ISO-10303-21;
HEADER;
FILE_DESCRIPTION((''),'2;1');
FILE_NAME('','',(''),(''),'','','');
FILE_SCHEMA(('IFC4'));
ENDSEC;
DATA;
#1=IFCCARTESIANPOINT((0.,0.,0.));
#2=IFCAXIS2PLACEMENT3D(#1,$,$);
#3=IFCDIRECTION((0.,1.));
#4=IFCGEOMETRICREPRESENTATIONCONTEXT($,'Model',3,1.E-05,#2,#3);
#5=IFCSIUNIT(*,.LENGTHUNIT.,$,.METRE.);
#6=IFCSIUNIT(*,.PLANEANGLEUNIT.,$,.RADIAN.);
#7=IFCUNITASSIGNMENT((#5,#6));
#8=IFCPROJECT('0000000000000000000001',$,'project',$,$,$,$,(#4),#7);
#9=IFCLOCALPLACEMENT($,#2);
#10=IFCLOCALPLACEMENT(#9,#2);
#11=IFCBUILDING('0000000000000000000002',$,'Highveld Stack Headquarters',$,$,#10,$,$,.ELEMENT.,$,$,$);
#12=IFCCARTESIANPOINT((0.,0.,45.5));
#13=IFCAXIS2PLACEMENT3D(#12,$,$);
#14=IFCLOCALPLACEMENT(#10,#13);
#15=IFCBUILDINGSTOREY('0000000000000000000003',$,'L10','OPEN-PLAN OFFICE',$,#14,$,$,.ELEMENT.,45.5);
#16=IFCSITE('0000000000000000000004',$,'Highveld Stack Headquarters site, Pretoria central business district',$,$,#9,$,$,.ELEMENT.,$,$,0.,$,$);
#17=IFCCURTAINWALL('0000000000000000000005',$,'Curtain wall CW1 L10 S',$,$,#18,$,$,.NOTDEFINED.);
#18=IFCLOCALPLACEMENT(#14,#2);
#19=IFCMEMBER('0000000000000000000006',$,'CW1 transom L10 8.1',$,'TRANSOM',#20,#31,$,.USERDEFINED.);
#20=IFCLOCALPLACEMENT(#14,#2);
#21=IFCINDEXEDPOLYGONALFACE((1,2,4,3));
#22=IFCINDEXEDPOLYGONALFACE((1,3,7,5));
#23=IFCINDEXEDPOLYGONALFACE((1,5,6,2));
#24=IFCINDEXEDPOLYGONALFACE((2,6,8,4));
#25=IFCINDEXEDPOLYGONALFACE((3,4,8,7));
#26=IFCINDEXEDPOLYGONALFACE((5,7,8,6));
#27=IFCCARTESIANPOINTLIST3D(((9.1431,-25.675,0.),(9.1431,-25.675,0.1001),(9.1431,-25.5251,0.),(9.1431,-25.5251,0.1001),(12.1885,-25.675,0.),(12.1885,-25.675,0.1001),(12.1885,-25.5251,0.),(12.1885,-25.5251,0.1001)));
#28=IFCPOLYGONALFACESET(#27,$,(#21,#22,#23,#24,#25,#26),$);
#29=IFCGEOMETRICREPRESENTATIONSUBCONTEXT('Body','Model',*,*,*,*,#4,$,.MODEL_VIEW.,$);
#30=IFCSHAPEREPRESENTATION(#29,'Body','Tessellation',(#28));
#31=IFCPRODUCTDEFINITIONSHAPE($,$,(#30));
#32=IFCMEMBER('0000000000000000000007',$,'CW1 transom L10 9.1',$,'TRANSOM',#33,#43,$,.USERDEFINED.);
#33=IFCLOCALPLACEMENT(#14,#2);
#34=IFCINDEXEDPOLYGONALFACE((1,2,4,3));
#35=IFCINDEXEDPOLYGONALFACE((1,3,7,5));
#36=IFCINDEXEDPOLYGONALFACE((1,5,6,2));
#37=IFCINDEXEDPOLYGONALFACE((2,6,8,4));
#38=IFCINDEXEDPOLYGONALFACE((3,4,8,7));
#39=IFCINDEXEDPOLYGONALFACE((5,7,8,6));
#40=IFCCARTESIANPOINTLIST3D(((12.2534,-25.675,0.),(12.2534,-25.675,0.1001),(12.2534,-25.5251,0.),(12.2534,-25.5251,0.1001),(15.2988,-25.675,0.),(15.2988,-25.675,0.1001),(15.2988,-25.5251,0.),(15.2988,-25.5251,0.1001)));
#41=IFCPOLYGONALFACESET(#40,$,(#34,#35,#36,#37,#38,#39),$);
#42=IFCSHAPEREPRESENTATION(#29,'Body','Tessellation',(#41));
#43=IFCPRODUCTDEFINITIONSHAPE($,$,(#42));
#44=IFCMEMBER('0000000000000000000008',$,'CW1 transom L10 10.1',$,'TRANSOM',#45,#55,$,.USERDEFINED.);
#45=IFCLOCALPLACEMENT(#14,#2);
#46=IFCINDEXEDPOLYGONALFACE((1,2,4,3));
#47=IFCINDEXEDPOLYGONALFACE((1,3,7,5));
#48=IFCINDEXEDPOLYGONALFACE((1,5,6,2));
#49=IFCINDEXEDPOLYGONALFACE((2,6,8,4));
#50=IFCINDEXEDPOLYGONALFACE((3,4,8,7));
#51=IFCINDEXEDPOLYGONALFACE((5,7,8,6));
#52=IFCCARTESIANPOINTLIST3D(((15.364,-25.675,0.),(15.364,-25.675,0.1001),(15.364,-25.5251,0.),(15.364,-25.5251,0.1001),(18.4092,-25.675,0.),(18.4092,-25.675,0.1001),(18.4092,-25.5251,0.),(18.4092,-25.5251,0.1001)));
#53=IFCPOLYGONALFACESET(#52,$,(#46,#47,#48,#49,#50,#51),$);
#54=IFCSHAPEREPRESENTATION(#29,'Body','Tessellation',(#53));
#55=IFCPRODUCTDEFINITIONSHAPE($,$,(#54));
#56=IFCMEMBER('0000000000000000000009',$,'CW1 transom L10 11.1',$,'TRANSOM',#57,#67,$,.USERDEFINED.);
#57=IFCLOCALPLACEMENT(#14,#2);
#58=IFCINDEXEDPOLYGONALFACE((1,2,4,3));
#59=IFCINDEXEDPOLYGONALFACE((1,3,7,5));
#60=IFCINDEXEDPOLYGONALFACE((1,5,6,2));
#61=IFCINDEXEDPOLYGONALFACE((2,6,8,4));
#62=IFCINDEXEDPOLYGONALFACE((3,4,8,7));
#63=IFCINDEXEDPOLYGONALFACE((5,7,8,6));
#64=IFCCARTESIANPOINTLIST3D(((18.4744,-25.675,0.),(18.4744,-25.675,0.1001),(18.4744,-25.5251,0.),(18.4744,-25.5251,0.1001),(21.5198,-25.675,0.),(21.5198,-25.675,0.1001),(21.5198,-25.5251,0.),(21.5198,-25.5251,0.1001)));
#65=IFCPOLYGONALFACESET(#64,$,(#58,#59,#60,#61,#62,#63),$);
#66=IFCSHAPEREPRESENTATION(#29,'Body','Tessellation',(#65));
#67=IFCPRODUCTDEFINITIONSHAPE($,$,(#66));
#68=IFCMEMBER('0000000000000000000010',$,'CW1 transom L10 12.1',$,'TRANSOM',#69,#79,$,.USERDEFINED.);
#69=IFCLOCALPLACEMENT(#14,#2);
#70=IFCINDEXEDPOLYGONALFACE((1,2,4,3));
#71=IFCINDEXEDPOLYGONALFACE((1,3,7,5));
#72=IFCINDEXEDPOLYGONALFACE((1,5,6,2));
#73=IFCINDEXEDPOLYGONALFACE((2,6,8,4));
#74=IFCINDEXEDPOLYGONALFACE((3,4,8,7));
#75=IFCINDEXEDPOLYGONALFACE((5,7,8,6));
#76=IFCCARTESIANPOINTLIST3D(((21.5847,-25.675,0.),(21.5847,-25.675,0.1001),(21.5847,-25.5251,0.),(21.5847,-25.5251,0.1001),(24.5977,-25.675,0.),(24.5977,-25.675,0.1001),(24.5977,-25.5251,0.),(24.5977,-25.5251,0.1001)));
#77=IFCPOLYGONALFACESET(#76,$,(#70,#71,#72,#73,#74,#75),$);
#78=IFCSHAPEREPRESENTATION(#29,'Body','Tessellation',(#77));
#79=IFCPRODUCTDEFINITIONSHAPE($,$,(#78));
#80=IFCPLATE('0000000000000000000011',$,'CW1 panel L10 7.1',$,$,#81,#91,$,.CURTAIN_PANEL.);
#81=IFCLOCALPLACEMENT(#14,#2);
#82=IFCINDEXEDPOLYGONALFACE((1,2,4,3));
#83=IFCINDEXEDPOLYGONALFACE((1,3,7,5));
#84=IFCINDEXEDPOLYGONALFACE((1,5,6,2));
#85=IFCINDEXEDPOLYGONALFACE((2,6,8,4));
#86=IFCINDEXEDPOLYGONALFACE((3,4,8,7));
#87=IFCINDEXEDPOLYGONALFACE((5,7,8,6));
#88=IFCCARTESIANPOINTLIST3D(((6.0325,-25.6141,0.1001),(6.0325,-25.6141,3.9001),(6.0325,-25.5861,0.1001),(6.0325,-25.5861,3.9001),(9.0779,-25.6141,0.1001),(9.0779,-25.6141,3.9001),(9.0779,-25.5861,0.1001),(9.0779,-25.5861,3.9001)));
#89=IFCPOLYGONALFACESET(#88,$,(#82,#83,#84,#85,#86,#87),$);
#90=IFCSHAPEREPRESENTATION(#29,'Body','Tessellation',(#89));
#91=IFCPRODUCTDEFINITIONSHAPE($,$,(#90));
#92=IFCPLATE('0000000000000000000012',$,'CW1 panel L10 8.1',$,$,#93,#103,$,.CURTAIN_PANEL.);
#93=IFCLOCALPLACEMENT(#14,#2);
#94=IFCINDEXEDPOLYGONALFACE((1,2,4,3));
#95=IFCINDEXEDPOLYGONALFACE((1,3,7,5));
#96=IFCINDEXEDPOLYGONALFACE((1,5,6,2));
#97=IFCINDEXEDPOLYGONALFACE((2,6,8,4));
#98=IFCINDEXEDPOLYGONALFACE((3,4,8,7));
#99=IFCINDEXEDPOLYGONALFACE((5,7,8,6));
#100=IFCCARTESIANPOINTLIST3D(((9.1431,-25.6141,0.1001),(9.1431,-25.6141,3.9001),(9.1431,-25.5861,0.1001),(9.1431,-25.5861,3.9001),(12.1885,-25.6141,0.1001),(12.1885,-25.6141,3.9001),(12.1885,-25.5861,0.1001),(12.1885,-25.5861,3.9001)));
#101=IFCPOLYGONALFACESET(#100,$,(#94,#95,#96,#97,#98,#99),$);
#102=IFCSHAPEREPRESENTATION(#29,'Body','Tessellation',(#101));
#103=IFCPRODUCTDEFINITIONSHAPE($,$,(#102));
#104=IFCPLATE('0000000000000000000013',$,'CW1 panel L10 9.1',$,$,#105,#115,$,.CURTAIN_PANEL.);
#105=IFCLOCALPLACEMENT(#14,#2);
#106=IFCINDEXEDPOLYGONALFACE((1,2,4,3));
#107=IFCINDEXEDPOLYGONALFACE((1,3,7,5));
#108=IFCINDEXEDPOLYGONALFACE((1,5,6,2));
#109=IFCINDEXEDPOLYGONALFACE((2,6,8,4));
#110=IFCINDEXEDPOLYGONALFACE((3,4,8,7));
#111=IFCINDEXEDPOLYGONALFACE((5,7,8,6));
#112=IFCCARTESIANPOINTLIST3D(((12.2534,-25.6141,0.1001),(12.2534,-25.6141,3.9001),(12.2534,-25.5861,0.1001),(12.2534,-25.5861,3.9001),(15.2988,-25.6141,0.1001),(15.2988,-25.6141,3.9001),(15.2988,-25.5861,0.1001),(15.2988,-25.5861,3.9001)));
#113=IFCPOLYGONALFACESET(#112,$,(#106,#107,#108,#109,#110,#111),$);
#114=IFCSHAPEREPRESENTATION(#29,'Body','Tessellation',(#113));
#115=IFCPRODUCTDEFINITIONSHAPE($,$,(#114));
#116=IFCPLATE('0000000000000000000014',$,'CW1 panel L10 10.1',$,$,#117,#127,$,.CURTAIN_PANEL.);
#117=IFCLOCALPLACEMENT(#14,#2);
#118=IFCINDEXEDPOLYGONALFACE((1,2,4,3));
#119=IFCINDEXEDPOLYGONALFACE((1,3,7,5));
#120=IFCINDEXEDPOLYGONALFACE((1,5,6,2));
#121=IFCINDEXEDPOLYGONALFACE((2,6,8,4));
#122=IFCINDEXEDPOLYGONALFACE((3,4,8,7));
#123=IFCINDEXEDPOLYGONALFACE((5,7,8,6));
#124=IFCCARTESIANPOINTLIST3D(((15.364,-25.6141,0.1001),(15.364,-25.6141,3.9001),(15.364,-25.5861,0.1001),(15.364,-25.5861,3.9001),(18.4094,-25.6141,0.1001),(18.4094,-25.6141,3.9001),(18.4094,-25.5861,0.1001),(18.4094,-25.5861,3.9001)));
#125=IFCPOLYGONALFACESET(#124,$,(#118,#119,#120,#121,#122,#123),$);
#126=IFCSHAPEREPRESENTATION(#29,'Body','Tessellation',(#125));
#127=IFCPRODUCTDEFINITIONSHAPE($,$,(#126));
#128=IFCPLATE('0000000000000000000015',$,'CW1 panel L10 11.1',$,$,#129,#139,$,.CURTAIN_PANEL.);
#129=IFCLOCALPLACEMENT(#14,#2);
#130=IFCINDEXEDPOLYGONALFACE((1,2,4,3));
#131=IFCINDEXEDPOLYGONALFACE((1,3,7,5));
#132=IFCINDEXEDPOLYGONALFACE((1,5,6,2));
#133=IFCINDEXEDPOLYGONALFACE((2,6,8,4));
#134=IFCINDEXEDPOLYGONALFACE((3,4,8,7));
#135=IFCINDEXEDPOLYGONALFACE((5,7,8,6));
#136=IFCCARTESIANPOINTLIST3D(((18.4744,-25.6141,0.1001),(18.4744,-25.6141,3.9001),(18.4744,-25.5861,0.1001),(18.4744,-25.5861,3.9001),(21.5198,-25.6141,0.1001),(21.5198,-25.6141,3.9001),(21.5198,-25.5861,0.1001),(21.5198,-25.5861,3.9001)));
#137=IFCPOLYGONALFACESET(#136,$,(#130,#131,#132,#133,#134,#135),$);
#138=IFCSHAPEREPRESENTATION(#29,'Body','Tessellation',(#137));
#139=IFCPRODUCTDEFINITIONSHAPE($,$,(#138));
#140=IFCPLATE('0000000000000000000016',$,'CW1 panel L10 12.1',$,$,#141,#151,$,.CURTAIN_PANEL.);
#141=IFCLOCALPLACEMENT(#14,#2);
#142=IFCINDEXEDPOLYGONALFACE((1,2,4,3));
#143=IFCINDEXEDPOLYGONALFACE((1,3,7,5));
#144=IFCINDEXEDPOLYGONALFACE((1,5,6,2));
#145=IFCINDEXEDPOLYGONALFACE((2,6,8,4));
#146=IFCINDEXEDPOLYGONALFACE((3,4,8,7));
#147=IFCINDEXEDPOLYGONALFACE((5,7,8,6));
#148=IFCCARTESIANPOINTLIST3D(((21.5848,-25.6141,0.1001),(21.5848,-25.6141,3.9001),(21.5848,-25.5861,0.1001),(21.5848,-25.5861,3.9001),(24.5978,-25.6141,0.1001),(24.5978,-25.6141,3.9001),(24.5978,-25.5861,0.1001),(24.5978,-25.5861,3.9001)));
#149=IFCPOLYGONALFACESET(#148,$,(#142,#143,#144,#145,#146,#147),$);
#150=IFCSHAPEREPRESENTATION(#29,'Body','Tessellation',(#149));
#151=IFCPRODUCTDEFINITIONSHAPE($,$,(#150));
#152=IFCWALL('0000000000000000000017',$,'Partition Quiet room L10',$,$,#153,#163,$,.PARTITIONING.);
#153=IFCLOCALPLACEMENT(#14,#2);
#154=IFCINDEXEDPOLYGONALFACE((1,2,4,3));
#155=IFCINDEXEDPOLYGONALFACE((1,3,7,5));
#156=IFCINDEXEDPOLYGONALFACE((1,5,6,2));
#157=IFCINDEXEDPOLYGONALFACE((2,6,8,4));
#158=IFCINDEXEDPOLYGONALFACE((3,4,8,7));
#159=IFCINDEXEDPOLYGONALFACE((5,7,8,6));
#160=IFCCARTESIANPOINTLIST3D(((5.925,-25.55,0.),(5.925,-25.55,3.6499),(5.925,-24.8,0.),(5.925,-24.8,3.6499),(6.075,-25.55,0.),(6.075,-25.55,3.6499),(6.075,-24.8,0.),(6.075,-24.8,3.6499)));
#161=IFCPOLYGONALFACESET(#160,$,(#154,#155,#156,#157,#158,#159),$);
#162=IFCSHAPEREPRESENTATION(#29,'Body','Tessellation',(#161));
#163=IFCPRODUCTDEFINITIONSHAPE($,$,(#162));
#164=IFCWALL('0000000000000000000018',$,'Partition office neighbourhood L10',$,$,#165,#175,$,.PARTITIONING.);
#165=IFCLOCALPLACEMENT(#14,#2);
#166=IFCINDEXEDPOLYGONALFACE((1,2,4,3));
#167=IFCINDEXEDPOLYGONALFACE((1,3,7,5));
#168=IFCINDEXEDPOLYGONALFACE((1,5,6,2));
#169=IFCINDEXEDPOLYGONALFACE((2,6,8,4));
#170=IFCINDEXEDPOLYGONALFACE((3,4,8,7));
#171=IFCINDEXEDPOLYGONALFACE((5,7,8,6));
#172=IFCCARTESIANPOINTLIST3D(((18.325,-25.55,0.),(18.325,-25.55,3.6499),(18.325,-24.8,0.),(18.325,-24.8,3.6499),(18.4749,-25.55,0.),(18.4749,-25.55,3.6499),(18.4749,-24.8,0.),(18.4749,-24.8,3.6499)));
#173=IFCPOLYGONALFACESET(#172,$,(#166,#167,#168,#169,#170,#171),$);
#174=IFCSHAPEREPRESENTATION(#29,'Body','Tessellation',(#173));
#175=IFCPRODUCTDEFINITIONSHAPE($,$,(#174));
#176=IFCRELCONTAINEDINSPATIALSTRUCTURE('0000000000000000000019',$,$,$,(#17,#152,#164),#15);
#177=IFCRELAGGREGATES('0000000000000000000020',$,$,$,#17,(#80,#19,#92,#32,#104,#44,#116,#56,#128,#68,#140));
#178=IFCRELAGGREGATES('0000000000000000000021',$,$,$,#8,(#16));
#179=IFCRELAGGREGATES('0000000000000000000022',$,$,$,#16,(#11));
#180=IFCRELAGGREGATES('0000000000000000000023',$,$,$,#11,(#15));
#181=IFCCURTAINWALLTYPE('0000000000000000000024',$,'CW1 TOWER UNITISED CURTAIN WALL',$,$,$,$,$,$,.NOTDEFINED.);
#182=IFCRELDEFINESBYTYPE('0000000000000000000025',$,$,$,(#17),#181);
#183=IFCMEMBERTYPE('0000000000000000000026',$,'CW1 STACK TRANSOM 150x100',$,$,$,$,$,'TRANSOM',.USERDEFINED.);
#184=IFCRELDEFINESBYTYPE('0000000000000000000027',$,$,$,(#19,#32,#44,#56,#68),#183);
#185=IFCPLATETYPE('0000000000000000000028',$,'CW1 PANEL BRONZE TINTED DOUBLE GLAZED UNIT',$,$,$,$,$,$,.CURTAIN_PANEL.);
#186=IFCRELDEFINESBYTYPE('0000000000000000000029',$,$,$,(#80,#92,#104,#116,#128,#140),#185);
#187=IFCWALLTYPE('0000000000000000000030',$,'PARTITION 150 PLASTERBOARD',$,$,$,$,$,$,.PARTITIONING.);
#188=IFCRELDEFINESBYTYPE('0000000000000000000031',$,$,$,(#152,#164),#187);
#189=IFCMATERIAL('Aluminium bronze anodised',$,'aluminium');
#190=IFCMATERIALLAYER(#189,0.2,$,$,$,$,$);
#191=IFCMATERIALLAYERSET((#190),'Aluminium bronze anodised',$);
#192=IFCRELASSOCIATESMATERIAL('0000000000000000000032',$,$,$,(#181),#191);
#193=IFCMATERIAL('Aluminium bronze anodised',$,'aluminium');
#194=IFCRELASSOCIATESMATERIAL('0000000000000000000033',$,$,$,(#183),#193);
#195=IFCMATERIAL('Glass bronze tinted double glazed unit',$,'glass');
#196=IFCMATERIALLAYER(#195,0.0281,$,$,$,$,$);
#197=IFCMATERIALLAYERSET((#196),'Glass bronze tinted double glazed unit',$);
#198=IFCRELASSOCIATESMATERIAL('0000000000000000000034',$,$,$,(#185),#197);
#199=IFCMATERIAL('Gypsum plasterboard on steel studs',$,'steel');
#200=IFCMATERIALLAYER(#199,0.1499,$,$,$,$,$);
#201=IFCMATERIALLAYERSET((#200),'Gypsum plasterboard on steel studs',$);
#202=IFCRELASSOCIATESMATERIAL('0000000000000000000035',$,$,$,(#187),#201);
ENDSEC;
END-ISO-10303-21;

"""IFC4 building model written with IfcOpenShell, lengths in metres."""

from ifc_helpers import new_model, si_unit, direction, frame, frame_2d, origin, origin_2d, place, context, subcontext, project, spatial, rectangle, extrude, material, layer, layer_set, material_profile, profile_set, type_object, element, aggregate, save


model = new_model("IFC4")

# Units and contexts
model_context = context("Model", 3, precision=1e-05, world=origin(), true_north=direction((0.0, 1.0)))
body_context = subcontext(model_context, "Body", "Model", "MODEL_VIEW")
ifc_project = project(units=[si_unit("LENGTHUNIT", "METRE"), si_unit("PLANEANGLEUNIT", "RADIAN")], contexts=[model_context])

# Site, building, storey
site_placement = place(None, origin())
site = spatial("IfcSite", under=ifc_project, at=site_placement, Name="Highveld Stack Headquarters site, Pretoria central business district", CompositionType="ELEMENT", RefElevation=0.0)
building_placement = place(site_placement, origin())
building = spatial("IfcBuilding", under=site, at=building_placement, Name="Highveld Stack Headquarters", CompositionType="ELEMENT")
storey_placement = place(building_placement, frame((0.0, 0.0, 45.5)))
storey = spatial("IfcBuildingStorey", under=building, at=storey_placement, Name="L10", Description="OPEN-PLAN OFFICE", CompositionType="ELEMENT", Elevation=45.5)

# Curtain wall, members, plates
ifc_material_1 = material(Name="Aluminium bronze anodised", Category="aluminium")
ifc_layer_1 = layer(ifc_material_1, 0.2)
ifc_layer_set_1 = layer_set([ifc_layer_1], Name="Aluminium bronze anodised")
curtain_wall_type = type_object("IfcCurtainWallType", Name="CW1 TOWER UNITISED CURTAIN WALL", PredefinedType="NOTDEFINED", material=ifc_layer_set_1)
curtain_wall_placement = place(storey_placement, origin())
curtain_wall = element("IfcCurtainWall", 1, at=curtain_wall_placement, inside=storey, type_object=curtain_wall_type, Name="Curtain wall CW1 L10 S", PredefinedType="NOTDEFINED")
ifc_material_2 = material(Name="Aluminium bronze anodised", Category="aluminium")
ifc_material_profile_1 = material_profile(ifc_material_2, rectangle(XDim=0.1499, YDim=0.1001, at=origin_2d()), Name="CW1 TRANSOM 150x100")
ifc_profile_set_1 = profile_set([ifc_material_profile_1], Name="Aluminium bronze anodised")
member_type_1 = type_object("IfcMemberType", Name="CW1 STACK TRANSOM 150x100", ElementType="TRANSOM", PredefinedType="USERDEFINED", material=ifc_profile_set_1)
member_1_placement = place(storey_placement, frame((9.1431, -25.6001, 0.05), z_axis=(1.0, 0.0, 0.0), x_axis=(0.0, 1.0, 0.0)))
member_1 = element("IfcMember", 2, at=member_1_placement, type_object=member_type_1, Name="CW1 transom L10 8.1", ObjectType="TRANSOM", PredefinedType="USERDEFINED", context=body_context, shape_type="SweptSolid", body=[
    extrude(rectangle(XDim=0.1499, YDim=0.1001, at=origin_2d()), origin(), (0.0, 0.0, 1.0), 3.0454),
])
member_2_placement = place(storey_placement, frame((12.2534, -25.6001, 0.05), z_axis=(1.0, 0.0, 0.0), x_axis=(0.0, 1.0, 0.0)))
member_2 = element("IfcMember", 3, at=member_2_placement, type_object=member_type_1, Name="CW1 transom L10 9.1", ObjectType="TRANSOM", PredefinedType="USERDEFINED", context=body_context, shape_type="SweptSolid", body=[
    extrude(rectangle(XDim=0.1499, YDim=0.1001, at=origin_2d()), origin(), (0.0, 0.0, 1.0), 3.0454),
])
member_3_placement = place(storey_placement, frame((15.364, -25.6001, 0.05), z_axis=(1.0, 0.0, 0.0), x_axis=(0.0, 1.0, 0.0)))
member_3 = element("IfcMember", 4, at=member_3_placement, type_object=member_type_1, Name="CW1 transom L10 10.1", ObjectType="TRANSOM", PredefinedType="USERDEFINED", context=body_context, shape_type="SweptSolid", body=[
    extrude(rectangle(XDim=0.1499, YDim=0.1001, at=origin_2d()), origin(), (0.0, 0.0, 1.0), 3.0452),
])
member_4_placement = place(storey_placement, frame((18.4744, -25.6001, 0.05), z_axis=(1.0, 0.0, 0.0), x_axis=(0.0, 1.0, 0.0)))
member_4 = element("IfcMember", 5, at=member_4_placement, type_object=member_type_1, Name="CW1 transom L10 11.1", ObjectType="TRANSOM", PredefinedType="USERDEFINED", context=body_context, shape_type="SweptSolid", body=[
    extrude(rectangle(XDim=0.1499, YDim=0.1001, at=origin_2d()), origin(), (0.0, 0.0, 1.0), 3.0454),
])
member_5_placement = place(storey_placement, frame((21.5847, -25.6001, 0.05), z_axis=(1.0, 0.0, 0.0), x_axis=(0.0, 1.0, 0.0)))
member_5 = element("IfcMember", 6, at=member_5_placement, type_object=member_type_1, Name="CW1 transom L10 12.1", ObjectType="TRANSOM", PredefinedType="USERDEFINED", context=body_context, shape_type="SweptSolid", body=[
    extrude(rectangle(XDim=0.1499, YDim=0.1001, at=origin_2d()), origin(), (0.0, 0.0, 1.0), 3.0129),
])
ifc_material_3 = material(Name="Glass bronze tinted double glazed unit", Category="glass")
ifc_layer_2 = layer(ifc_material_3, 0.0281)
ifc_layer_set_2 = layer_set([ifc_layer_2], Name="Glass bronze tinted double glazed unit")
plate_type = type_object("IfcPlateType", Name="CW1 PANEL BRONZE TINTED DOUBLE GLAZED UNIT", PredefinedType="CURTAIN_PANEL", material=ifc_layer_set_2)
plate_1_placement = place(storey_placement, frame((7.5552, -25.6001, 0.1001), z_axis=(0.0, 0.0, 1.0), x_axis=(1.0, 0.0, 0.0)))
plate_1 = element("IfcPlate", 7, at=plate_1_placement, type_object=plate_type, Name="CW1 panel L10 7.1", PredefinedType="CURTAIN_PANEL", context=body_context, shape_type="SweptSolid", body=[
    extrude(rectangle(XDim=3.0454, YDim=0.0281, at=origin_2d()), origin(), (0.0, 0.0, 1.0), 3.8),
])
plate_2_placement = place(storey_placement, frame((10.6658, -25.6001, 0.1001), z_axis=(0.0, 0.0, 1.0), x_axis=(1.0, 0.0, 0.0)))
plate_2 = element("IfcPlate", 8, at=plate_2_placement, type_object=plate_type, Name="CW1 panel L10 8.1", PredefinedType="CURTAIN_PANEL", context=body_context, shape_type="SweptSolid", body=[
    extrude(rectangle(XDim=3.0454, YDim=0.0281, at=origin_2d()), origin(), (0.0, 0.0, 1.0), 3.8),
])
plate_3_placement = place(storey_placement, frame((13.7761, -25.6001, 0.1001), z_axis=(0.0, 0.0, 1.0), x_axis=(1.0, 0.0, 0.0)))
plate_3 = element("IfcPlate", 9, at=plate_3_placement, type_object=plate_type, Name="CW1 panel L10 9.1", PredefinedType="CURTAIN_PANEL", context=body_context, shape_type="SweptSolid", body=[
    extrude(rectangle(XDim=3.0454, YDim=0.0281, at=origin_2d()), origin(), (0.0, 0.0, 1.0), 3.8),
])
plate_4_placement = place(storey_placement, frame((16.8867, -25.6001, 0.1001), z_axis=(0.0, 0.0, 1.0), x_axis=(1.0, 0.0, 0.0)))
plate_4 = element("IfcPlate", 10, at=plate_4_placement, type_object=plate_type, Name="CW1 panel L10 10.1", PredefinedType="CURTAIN_PANEL", context=body_context, shape_type="SweptSolid", body=[
    extrude(rectangle(XDim=3.0454, YDim=0.0281, at=origin_2d()), origin(), (0.0, 0.0, 1.0), 3.8),
])
plate_5_placement = place(storey_placement, frame((19.9971, -25.6001, 0.1001), z_axis=(0.0, 0.0, 1.0), x_axis=(1.0, 0.0, 0.0)))
plate_5 = element("IfcPlate", 11, at=plate_5_placement, type_object=plate_type, Name="CW1 panel L10 11.1", PredefinedType="CURTAIN_PANEL", context=body_context, shape_type="SweptSolid", body=[
    extrude(rectangle(XDim=3.0454, YDim=0.0281, at=origin_2d()), origin(), (0.0, 0.0, 1.0), 3.8),
])
plate_6_placement = place(storey_placement, frame((23.0913, -25.6001, 0.1001), z_axis=(0.0, 0.0, 1.0), x_axis=(1.0, 0.0, 0.0)))
plate_6 = element("IfcPlate", 12, at=plate_6_placement, type_object=plate_type, Name="CW1 panel L10 12.1", PredefinedType="CURTAIN_PANEL", context=body_context, shape_type="SweptSolid", body=[
    extrude(rectangle(XDim=3.0129, YDim=0.0281, at=origin_2d()), origin(), (0.0, 0.0, 1.0), 3.8),
])
aggregate(curtain_wall, [plate_1, member_1, plate_2, member_2, plate_3, member_3, plate_4, member_4, plate_5, member_5, plate_6])

# Walls
ifc_material_4 = material(Name="Gypsum plasterboard on steel studs", Category="steel")
ifc_layer_3 = layer(ifc_material_4, 0.1499)
ifc_layer_set_3 = layer_set([ifc_layer_3], Name="Gypsum plasterboard on steel studs")
wall_type = type_object("IfcWallType", Name="PARTITION 150 PLASTERBOARD", PredefinedType="PARTITIONING", material=ifc_layer_set_3)
for number, where, z_axis, x_axis, name in (
    (13, (6.0, -25.55, 0.0), (0.0, 0.0, 1.0), (0.0, 1.0, 0.0), "Partition Quiet room L10"),
    (14, (18.3999, -25.55, 0.0), (0.0, 0.0, 1.0), (0.0, 1.0, 0.0), "Partition office neighbourhood L10"),
):
    element("IfcWall", number, at=place(storey_placement, frame(where, z_axis=z_axis, x_axis=x_axis)), inside=storey, type_object=wall_type, Name=name, PredefinedType="PARTITIONING", context=body_context, shape_type="SweptSolid", body=[
        extrude(rectangle(XDim=0.75, YDim=0.1499, at=frame_2d((0.375, 0.0))), origin(), (0.0, 0.0, 1.0), 3.6499),
    ])

save(model, "model.ifc")
